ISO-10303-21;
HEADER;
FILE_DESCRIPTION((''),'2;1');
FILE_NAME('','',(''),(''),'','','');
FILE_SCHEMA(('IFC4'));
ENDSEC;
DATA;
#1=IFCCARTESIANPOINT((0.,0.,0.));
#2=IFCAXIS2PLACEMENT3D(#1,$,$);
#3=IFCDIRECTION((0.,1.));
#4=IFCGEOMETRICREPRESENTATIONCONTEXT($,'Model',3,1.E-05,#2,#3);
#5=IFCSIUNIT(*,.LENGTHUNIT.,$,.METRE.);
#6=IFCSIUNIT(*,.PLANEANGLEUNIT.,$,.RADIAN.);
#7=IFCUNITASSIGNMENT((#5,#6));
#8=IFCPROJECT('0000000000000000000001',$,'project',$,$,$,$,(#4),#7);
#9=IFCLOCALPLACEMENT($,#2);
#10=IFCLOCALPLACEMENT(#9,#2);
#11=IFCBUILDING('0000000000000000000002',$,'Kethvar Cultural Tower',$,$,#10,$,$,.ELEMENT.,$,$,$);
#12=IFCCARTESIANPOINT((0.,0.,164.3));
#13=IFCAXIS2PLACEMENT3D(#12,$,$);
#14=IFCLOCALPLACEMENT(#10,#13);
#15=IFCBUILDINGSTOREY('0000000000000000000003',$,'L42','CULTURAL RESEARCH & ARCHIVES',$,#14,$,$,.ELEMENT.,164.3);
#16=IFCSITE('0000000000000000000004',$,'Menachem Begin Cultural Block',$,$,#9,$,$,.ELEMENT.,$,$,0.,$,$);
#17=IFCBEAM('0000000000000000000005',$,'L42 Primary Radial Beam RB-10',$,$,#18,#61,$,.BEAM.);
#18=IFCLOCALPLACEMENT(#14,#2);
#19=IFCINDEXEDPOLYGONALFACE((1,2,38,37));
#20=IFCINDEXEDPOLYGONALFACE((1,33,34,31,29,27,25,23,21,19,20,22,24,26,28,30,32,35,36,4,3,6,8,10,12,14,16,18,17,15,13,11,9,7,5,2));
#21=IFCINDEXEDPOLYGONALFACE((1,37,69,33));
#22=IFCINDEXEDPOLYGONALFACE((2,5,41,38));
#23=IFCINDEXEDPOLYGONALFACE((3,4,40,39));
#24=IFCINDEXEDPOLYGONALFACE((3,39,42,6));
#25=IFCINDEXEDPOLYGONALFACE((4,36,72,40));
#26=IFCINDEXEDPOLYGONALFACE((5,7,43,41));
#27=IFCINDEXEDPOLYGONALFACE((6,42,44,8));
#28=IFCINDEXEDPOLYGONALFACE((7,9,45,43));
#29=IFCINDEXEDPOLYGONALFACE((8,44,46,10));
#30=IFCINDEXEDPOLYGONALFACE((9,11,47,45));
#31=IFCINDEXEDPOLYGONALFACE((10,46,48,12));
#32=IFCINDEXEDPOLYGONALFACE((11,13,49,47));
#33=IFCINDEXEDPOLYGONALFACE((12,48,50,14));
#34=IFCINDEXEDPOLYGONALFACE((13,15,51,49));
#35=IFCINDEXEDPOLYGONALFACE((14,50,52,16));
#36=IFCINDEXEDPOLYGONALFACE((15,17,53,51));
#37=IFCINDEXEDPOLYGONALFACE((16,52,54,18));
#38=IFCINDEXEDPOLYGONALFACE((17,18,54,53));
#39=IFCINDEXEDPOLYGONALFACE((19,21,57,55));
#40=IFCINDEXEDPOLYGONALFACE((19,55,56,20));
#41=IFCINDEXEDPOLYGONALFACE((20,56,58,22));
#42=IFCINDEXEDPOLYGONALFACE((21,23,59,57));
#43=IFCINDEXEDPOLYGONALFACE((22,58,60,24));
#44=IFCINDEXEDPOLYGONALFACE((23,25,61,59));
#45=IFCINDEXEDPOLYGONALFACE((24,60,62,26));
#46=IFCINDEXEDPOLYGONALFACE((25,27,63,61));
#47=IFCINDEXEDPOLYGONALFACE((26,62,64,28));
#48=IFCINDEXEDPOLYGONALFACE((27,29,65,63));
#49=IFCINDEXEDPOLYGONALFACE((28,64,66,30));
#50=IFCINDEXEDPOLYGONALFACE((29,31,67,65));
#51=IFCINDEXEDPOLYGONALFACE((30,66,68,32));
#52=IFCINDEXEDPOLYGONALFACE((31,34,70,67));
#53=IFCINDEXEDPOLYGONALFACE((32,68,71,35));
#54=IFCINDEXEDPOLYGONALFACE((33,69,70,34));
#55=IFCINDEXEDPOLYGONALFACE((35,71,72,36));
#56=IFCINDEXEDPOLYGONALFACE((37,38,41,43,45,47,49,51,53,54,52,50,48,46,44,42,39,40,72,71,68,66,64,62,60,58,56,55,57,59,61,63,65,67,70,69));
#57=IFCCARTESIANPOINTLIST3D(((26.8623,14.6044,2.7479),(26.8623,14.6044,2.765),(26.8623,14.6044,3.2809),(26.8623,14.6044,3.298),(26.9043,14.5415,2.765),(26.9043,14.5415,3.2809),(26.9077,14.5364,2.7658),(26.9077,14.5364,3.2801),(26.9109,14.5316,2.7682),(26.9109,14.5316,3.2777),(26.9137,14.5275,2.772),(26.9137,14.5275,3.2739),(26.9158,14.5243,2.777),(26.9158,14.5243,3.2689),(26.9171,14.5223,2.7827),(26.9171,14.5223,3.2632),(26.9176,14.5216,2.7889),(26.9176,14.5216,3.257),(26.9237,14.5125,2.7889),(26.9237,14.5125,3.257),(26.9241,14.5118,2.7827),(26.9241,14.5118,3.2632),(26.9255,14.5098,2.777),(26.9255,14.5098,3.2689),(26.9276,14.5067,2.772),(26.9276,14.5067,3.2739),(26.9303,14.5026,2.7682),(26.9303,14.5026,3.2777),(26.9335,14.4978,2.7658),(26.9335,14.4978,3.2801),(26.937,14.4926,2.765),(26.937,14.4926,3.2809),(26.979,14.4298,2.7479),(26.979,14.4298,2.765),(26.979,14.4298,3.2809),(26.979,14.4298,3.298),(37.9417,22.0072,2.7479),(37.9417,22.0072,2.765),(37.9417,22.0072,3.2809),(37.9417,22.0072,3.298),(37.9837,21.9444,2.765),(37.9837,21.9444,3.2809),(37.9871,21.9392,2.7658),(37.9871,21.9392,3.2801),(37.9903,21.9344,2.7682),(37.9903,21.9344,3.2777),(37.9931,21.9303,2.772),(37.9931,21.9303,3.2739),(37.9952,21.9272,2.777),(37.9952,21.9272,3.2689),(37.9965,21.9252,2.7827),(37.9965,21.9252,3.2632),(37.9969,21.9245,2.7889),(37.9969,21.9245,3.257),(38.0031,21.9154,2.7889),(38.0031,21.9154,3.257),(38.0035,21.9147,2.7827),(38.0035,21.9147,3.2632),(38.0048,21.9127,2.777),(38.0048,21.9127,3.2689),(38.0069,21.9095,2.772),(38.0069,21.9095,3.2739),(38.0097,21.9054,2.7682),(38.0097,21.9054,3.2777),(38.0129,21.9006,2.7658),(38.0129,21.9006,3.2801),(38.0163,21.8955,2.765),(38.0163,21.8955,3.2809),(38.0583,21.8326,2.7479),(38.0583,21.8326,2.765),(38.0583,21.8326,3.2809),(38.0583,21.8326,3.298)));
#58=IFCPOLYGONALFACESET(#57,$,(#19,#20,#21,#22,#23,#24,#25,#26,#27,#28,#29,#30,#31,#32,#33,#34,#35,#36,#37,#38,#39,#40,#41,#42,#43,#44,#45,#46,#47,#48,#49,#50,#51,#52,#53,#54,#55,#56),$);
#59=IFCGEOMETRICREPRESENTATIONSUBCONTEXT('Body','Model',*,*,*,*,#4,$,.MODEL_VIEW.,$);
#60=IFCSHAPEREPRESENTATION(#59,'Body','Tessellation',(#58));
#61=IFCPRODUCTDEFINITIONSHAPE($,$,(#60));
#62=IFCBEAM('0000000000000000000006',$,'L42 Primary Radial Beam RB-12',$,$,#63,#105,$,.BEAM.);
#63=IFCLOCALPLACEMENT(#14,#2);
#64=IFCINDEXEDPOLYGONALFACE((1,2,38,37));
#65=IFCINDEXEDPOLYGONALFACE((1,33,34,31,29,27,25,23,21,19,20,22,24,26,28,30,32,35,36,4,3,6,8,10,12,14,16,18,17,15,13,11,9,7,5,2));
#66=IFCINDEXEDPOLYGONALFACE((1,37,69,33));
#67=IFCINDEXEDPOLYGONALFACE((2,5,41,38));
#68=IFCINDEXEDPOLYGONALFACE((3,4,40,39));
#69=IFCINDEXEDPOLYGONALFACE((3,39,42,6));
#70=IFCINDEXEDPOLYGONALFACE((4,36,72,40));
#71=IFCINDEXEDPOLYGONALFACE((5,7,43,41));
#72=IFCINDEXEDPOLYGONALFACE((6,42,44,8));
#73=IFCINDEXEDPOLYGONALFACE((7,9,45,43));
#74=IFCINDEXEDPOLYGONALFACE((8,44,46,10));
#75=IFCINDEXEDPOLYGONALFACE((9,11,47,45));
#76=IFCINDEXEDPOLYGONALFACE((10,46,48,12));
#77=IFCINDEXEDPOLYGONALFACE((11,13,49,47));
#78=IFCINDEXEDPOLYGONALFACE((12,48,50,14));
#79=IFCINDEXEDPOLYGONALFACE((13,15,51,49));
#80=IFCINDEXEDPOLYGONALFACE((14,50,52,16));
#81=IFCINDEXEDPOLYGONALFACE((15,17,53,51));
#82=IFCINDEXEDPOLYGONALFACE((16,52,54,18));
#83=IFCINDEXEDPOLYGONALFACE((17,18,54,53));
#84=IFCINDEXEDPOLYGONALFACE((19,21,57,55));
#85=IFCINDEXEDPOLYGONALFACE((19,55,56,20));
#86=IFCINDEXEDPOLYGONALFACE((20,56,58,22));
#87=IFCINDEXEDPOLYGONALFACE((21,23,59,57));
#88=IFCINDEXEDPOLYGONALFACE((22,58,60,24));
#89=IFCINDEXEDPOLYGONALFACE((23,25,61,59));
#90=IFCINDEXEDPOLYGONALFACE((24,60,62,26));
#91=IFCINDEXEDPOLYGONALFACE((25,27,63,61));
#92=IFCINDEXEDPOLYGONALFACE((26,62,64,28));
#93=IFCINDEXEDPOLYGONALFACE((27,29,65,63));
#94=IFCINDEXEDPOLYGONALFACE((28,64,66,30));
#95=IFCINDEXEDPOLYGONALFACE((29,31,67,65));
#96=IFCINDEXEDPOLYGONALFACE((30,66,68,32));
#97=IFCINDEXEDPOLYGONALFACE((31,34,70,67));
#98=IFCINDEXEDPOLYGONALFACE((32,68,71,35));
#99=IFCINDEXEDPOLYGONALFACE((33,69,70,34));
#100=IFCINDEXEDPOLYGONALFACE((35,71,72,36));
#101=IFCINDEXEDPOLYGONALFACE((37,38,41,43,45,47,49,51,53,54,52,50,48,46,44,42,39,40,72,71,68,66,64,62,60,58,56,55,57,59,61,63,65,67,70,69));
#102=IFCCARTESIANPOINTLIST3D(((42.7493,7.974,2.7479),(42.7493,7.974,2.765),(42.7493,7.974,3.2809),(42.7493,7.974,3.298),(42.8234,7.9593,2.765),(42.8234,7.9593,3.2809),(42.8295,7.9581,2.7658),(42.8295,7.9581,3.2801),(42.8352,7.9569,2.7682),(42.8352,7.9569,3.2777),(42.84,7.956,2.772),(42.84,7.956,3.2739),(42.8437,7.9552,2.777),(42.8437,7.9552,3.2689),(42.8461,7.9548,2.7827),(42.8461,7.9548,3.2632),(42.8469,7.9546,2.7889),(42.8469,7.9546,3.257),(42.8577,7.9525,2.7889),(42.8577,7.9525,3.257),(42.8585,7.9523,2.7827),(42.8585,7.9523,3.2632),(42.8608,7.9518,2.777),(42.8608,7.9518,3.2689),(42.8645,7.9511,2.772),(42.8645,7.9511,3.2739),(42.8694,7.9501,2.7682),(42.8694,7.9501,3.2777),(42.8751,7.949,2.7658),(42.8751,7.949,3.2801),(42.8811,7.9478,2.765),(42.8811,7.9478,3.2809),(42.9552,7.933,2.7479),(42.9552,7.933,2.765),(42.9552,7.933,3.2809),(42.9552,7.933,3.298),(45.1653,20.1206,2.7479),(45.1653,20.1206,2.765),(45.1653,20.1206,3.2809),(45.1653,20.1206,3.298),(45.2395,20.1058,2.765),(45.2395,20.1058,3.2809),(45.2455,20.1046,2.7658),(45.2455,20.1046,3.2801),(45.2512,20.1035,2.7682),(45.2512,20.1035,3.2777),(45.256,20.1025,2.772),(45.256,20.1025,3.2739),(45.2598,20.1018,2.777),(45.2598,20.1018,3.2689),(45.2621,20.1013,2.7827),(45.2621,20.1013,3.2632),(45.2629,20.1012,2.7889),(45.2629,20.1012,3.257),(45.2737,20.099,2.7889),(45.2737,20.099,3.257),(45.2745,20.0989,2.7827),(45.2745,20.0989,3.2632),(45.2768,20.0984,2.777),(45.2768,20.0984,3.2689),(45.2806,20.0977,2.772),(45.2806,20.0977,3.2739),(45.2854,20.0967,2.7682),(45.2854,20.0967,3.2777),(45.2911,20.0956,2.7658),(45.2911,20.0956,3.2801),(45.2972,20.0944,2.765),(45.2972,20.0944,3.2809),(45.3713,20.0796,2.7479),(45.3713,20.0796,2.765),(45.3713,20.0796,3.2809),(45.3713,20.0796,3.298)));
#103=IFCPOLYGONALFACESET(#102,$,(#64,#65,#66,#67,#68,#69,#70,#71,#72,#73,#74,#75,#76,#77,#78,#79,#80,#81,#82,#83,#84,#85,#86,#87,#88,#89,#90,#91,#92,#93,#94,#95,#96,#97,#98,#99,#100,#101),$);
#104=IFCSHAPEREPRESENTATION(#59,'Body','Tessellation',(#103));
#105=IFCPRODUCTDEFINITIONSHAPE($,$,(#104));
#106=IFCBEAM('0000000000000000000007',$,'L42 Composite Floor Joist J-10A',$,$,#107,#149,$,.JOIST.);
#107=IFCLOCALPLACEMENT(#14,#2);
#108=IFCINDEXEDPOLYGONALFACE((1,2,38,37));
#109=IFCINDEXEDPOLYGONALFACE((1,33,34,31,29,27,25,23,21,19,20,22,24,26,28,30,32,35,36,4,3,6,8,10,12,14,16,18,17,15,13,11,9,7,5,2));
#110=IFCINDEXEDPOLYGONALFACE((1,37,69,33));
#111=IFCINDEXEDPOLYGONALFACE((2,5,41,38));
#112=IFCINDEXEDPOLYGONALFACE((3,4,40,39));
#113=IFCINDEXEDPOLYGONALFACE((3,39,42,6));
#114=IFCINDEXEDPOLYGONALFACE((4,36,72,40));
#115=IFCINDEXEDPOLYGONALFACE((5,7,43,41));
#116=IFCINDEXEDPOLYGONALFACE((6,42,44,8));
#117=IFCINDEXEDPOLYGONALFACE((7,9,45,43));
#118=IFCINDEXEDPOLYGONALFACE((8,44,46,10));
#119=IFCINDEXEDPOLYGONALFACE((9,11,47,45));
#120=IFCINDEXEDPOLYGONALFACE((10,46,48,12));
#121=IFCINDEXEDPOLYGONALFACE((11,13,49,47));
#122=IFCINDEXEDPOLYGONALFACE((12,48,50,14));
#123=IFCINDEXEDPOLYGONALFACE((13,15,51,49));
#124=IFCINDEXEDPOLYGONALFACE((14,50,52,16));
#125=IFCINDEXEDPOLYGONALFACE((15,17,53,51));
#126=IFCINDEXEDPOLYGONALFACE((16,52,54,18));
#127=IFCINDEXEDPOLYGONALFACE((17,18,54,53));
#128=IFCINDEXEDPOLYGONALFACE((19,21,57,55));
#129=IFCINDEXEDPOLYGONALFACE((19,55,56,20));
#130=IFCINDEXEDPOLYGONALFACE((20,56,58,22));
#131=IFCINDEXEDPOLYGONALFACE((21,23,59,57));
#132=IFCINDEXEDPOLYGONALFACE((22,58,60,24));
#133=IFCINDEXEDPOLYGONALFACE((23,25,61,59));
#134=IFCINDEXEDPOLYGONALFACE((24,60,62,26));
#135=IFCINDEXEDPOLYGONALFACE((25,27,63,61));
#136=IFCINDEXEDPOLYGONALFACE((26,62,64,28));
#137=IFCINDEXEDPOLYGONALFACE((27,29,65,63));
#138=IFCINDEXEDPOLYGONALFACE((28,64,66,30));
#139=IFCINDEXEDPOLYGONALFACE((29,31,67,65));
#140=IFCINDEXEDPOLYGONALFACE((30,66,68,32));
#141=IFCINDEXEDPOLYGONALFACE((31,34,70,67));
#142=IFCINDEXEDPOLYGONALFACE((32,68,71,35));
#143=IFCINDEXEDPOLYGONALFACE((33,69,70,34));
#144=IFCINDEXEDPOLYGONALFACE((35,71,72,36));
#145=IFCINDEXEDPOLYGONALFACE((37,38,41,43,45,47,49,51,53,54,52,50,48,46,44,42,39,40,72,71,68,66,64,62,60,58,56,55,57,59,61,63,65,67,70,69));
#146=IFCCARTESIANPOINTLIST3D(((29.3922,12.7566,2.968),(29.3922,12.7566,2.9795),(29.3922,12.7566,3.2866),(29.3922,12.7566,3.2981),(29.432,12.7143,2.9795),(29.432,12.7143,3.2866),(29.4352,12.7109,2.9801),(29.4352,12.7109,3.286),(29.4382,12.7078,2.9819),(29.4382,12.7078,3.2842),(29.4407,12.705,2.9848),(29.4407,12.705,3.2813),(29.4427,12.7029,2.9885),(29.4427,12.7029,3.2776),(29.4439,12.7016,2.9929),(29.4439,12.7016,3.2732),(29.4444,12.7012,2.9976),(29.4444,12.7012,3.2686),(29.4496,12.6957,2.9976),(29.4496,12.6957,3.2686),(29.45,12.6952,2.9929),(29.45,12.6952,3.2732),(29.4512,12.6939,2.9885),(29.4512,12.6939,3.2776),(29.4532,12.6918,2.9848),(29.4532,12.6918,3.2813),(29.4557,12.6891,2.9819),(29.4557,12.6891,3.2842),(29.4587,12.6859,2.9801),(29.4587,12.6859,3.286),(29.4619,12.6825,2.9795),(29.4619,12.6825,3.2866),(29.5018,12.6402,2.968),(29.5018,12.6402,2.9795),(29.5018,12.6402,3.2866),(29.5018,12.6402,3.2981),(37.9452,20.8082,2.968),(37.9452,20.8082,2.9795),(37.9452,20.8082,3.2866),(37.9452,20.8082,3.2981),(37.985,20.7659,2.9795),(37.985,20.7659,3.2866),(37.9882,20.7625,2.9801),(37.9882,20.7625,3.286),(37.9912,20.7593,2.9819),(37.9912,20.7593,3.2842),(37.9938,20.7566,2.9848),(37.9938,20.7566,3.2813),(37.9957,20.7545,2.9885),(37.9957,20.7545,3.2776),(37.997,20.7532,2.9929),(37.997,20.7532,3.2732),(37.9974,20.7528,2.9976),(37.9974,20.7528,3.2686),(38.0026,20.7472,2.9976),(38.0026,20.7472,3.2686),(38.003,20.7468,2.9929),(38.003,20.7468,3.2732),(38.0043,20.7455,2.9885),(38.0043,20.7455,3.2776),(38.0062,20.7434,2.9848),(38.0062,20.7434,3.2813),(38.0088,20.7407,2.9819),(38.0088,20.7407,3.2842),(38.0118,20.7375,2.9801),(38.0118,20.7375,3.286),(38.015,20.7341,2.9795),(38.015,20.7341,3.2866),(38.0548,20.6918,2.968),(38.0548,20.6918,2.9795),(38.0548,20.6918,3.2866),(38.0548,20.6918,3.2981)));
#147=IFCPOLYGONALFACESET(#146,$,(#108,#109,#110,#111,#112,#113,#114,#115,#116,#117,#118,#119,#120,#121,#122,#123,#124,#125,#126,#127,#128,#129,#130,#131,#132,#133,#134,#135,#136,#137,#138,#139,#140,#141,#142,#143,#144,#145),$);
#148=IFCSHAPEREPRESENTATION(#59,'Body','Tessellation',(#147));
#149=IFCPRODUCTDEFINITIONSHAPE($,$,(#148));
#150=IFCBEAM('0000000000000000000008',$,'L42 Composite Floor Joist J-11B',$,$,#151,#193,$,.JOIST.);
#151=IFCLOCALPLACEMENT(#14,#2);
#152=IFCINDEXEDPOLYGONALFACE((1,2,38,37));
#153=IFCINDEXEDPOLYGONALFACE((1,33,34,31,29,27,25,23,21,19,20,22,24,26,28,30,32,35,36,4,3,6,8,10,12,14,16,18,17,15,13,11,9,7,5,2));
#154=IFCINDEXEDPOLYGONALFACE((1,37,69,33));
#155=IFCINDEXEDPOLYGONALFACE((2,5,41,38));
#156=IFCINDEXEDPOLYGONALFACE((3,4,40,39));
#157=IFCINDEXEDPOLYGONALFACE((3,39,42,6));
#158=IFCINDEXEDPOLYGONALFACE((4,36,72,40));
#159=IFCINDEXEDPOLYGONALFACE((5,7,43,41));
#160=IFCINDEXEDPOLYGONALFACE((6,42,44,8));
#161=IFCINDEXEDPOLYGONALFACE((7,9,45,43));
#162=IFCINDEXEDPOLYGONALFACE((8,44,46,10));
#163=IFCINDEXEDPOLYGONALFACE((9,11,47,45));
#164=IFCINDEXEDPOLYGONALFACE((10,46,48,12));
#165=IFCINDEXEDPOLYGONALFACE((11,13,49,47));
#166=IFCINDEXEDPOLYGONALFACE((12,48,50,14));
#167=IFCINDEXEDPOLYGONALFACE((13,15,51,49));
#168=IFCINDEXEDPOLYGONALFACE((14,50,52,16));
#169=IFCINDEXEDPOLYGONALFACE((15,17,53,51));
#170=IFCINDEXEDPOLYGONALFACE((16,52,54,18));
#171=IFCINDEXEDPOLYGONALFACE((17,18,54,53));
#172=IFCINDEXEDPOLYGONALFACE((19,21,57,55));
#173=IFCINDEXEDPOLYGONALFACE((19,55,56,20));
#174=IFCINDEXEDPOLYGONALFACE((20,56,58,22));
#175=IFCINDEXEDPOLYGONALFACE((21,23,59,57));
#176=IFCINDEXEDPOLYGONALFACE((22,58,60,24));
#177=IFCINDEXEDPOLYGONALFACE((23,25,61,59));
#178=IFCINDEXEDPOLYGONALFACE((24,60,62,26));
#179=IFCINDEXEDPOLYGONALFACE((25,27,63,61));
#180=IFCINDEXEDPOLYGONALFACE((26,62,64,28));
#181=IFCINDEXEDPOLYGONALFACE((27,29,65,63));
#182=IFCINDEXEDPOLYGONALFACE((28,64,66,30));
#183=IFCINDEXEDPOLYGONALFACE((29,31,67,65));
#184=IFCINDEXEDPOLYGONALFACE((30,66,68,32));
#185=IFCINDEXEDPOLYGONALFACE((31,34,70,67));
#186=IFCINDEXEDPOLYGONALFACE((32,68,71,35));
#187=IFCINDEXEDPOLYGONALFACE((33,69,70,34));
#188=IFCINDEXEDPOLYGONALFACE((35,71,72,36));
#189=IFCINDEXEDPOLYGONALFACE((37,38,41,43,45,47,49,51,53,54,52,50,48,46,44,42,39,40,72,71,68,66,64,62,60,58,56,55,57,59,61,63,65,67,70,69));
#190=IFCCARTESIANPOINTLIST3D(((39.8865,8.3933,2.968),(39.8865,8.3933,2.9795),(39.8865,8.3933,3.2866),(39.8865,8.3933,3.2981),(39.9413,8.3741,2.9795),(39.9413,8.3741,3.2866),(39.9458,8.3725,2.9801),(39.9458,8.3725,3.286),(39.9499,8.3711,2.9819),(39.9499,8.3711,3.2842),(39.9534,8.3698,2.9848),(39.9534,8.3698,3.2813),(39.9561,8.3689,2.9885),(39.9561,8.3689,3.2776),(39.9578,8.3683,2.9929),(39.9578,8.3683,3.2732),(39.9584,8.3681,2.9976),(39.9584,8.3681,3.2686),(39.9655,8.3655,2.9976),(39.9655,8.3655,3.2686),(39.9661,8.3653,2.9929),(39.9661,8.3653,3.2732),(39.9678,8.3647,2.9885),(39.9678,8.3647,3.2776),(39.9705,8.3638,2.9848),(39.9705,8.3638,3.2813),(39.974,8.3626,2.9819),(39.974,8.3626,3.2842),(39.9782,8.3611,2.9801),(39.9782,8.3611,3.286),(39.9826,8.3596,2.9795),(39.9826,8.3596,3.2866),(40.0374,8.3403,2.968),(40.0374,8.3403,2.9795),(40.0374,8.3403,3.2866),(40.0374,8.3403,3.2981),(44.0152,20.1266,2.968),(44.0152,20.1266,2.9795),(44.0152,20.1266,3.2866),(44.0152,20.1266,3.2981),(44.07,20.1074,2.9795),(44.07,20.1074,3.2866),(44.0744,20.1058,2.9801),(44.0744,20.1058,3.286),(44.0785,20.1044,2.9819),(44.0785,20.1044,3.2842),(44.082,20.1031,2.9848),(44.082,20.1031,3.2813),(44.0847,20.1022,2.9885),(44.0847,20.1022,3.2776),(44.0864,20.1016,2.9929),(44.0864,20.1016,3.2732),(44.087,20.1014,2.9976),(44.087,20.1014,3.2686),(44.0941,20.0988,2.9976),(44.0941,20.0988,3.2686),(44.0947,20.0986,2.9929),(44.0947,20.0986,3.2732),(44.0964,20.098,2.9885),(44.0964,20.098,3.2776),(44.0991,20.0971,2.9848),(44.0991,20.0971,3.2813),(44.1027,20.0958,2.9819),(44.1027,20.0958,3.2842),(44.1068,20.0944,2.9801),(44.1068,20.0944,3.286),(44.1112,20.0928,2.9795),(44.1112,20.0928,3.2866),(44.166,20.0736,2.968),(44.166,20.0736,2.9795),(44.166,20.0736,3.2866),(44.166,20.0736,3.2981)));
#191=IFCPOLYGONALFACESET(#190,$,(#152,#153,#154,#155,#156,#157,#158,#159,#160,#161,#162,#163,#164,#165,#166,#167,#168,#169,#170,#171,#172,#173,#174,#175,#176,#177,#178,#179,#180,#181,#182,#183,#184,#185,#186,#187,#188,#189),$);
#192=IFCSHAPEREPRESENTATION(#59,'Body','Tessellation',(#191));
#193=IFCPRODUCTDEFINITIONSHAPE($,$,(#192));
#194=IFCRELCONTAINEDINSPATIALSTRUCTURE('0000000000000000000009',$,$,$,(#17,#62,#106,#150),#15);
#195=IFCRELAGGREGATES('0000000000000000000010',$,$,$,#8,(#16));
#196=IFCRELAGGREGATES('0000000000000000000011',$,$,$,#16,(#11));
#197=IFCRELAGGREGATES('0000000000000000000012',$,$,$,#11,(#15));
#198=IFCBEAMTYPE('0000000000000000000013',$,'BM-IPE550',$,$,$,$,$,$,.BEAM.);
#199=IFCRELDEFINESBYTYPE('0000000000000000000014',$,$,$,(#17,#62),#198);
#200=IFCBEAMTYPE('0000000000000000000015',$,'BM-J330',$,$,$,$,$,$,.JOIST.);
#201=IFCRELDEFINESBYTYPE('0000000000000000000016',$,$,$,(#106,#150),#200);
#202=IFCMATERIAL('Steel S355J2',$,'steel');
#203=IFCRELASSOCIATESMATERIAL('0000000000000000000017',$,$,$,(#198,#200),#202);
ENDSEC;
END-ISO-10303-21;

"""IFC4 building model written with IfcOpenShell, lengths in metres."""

from ifc_helpers import new_model, si_unit, direction, frame, origin, origin_2d, place, context, subcontext, project, spatial, i_section, extrude, source, transform, mapped, material, material_profile, profile_set, type_object, element, save


model = new_model("IFC4")

# Units and contexts
model_context = context("Model", 3, precision=1e-05, world=origin(), true_north=direction((0.0, 1.0)))
body_context = subcontext(model_context, "Body", "Model", "MODEL_VIEW")
ifc_project = project(units=[si_unit("LENGTHUNIT", "METRE"), si_unit("PLANEANGLEUNIT", "RADIAN")], contexts=[model_context])

# Site, building, storey
site_placement = place(None, origin())
site = spatial("IfcSite", under=ifc_project, at=site_placement, Name="Menachem Begin Cultural Block", CompositionType="ELEMENT", RefElevation=0.0)
building_placement = place(site_placement, origin())
building = spatial("IfcBuilding", under=site, at=building_placement, Name="Kethvar Cultural Tower", CompositionType="ELEMENT")
storey_placement = place(building_placement, frame((0.0, 0.0, 164.3)))
storey = spatial("IfcBuildingStorey", under=building, at=storey_placement, Name="L42", Description="CULTURAL RESEARCH & ARCHIVES", CompositionType="ELEMENT", Elevation=164.3)

# Beams
ifc_material_1 = material(Name="Steel S355J2", Category="steel")
ifc_material_profile_1 = material_profile(ifc_material_1, i_section(OverallWidth=0.21, OverallDepth=0.55, WebThickness=0.011, FlangeThickness=0.0171, FilletRadius=0.0239, at=origin_2d()), Name="Steel S355J2 — IPE550")
ifc_profile_set_1 = profile_set([ifc_material_profile_1], Name="Steel S355J2 — IPE550")
beam_type_1 = type_object("IfcBeamType", Name="BM-IPE550", PredefinedType="BEAM", material=ifc_profile_set_1)
shared_shape_1 = source(origin(), body_context, "Body", "SweptSolid", [
    extrude(i_section(OverallWidth=0.21, OverallDepth=0.55, WebThickness=0.011, FlangeThickness=0.0171, FilletRadius=0.0239, at=origin_2d()), origin(), (0.0, 0.0, 1.0), 13.325),
])
beam_1_placement = place(storey_placement, frame((38.0, 21.9199, 3.0229), z_axis=(-0.831475, -0.555562, 0.0), x_axis=(0.555562, -0.831475, 0.0)))
element("IfcBeam", 1, at=beam_1_placement, inside=storey, type_object=beam_type_1, Name="L42 Primary Radial Beam RB-10", PredefinedType="BEAM", context=body_context, shape_type="MappedRepresentation", body=[
    mapped(shared_shape_1, transform((0.0, 0.0, 0.0), scale=1.0)),
])
shared_shape_2 = source(origin(), body_context, "Body", "SweptSolid", [
    extrude(i_section(OverallWidth=0.21, OverallDepth=0.55, WebThickness=0.011, FlangeThickness=0.0171, FilletRadius=0.0239, at=origin_2d()), origin(), (0.0, 0.0, 1.0), 12.3845),
])
beam_2_placement = place(storey_placement, frame((45.2683, 20.1001, 3.0229), z_axis=(-0.195085, -0.980786, 0.0), x_axis=(0.980786, -0.195085, 0.0)))
element("IfcBeam", 2, at=beam_2_placement, inside=storey, type_object=beam_type_1, Name="L42 Primary Radial Beam RB-12", PredefinedType="BEAM", context=body_context, shape_type="MappedRepresentation", body=[
    mapped(shared_shape_2, transform((0.0, 0.0, 0.0), scale=1.0)),
])
ifc_material_profile_2 = material_profile(ifc_material_1, i_section(OverallWidth=0.1599, OverallDepth=0.3301, WebThickness=0.0076, FlangeThickness=0.0115, FilletRadius=0.0181, at=origin_2d()), Name="Steel S355J2 — IPE330")
ifc_profile_set_2 = profile_set([ifc_material_profile_2], Name="Steel S355J2 — IPE330")
beam_type_2 = type_object("IfcBeamType", Name="BM-J330", PredefinedType="JOIST", material=ifc_profile_set_2)
shared_shape_3 = source(origin(), body_context, "Body", "SweptSolid", [
    extrude(i_section(OverallWidth=0.1599, OverallDepth=0.3301, WebThickness=0.0076, FlangeThickness=0.0115, FilletRadius=0.0181, at=origin_2d()), origin(), (0.0, 0.0, 1.0), 11.7466),
])
beam_3_placement = place(storey_placement, frame((38.0, 20.75, 3.1331), z_axis=(-0.72813, -0.685439, 0.0), x_axis=(0.685439, -0.72813, 0.0)))
element("IfcBeam", 3, at=beam_3_placement, inside=storey, type_object=beam_type_2, Name="L42 Composite Floor Joist J-10A", PredefinedType="JOIST", context=body_context, shape_type="MappedRepresentation", body=[
    mapped(shared_shape_3, transform((0.0, 0.0, 0.0), scale=1.0)),
])
shared_shape_4 = source(origin(), body_context, "Body", "SweptSolid", [
    extrude(i_section(OverallWidth=0.1599, OverallDepth=0.3301, WebThickness=0.0076, FlangeThickness=0.0115, FilletRadius=0.0181, at=origin_2d()), origin(), (0.0, 0.0, 1.0), 12.4385),
])
beam_4_placement = place(storey_placement, frame((44.0906, 20.1001, 3.1331), z_axis=(-0.331924, -0.943306, 0.0), x_axis=(0.943306, -0.331924, 0.0)))
element("IfcBeam", 4, at=beam_4_placement, inside=storey, type_object=beam_type_2, Name="L42 Composite Floor Joist J-11B", PredefinedType="JOIST", context=body_context, shape_type="MappedRepresentation", body=[
    mapped(shared_shape_4, transform((0.0, 0.0, 0.0), scale=1.0)),
])

save(model, "model.ifc")
